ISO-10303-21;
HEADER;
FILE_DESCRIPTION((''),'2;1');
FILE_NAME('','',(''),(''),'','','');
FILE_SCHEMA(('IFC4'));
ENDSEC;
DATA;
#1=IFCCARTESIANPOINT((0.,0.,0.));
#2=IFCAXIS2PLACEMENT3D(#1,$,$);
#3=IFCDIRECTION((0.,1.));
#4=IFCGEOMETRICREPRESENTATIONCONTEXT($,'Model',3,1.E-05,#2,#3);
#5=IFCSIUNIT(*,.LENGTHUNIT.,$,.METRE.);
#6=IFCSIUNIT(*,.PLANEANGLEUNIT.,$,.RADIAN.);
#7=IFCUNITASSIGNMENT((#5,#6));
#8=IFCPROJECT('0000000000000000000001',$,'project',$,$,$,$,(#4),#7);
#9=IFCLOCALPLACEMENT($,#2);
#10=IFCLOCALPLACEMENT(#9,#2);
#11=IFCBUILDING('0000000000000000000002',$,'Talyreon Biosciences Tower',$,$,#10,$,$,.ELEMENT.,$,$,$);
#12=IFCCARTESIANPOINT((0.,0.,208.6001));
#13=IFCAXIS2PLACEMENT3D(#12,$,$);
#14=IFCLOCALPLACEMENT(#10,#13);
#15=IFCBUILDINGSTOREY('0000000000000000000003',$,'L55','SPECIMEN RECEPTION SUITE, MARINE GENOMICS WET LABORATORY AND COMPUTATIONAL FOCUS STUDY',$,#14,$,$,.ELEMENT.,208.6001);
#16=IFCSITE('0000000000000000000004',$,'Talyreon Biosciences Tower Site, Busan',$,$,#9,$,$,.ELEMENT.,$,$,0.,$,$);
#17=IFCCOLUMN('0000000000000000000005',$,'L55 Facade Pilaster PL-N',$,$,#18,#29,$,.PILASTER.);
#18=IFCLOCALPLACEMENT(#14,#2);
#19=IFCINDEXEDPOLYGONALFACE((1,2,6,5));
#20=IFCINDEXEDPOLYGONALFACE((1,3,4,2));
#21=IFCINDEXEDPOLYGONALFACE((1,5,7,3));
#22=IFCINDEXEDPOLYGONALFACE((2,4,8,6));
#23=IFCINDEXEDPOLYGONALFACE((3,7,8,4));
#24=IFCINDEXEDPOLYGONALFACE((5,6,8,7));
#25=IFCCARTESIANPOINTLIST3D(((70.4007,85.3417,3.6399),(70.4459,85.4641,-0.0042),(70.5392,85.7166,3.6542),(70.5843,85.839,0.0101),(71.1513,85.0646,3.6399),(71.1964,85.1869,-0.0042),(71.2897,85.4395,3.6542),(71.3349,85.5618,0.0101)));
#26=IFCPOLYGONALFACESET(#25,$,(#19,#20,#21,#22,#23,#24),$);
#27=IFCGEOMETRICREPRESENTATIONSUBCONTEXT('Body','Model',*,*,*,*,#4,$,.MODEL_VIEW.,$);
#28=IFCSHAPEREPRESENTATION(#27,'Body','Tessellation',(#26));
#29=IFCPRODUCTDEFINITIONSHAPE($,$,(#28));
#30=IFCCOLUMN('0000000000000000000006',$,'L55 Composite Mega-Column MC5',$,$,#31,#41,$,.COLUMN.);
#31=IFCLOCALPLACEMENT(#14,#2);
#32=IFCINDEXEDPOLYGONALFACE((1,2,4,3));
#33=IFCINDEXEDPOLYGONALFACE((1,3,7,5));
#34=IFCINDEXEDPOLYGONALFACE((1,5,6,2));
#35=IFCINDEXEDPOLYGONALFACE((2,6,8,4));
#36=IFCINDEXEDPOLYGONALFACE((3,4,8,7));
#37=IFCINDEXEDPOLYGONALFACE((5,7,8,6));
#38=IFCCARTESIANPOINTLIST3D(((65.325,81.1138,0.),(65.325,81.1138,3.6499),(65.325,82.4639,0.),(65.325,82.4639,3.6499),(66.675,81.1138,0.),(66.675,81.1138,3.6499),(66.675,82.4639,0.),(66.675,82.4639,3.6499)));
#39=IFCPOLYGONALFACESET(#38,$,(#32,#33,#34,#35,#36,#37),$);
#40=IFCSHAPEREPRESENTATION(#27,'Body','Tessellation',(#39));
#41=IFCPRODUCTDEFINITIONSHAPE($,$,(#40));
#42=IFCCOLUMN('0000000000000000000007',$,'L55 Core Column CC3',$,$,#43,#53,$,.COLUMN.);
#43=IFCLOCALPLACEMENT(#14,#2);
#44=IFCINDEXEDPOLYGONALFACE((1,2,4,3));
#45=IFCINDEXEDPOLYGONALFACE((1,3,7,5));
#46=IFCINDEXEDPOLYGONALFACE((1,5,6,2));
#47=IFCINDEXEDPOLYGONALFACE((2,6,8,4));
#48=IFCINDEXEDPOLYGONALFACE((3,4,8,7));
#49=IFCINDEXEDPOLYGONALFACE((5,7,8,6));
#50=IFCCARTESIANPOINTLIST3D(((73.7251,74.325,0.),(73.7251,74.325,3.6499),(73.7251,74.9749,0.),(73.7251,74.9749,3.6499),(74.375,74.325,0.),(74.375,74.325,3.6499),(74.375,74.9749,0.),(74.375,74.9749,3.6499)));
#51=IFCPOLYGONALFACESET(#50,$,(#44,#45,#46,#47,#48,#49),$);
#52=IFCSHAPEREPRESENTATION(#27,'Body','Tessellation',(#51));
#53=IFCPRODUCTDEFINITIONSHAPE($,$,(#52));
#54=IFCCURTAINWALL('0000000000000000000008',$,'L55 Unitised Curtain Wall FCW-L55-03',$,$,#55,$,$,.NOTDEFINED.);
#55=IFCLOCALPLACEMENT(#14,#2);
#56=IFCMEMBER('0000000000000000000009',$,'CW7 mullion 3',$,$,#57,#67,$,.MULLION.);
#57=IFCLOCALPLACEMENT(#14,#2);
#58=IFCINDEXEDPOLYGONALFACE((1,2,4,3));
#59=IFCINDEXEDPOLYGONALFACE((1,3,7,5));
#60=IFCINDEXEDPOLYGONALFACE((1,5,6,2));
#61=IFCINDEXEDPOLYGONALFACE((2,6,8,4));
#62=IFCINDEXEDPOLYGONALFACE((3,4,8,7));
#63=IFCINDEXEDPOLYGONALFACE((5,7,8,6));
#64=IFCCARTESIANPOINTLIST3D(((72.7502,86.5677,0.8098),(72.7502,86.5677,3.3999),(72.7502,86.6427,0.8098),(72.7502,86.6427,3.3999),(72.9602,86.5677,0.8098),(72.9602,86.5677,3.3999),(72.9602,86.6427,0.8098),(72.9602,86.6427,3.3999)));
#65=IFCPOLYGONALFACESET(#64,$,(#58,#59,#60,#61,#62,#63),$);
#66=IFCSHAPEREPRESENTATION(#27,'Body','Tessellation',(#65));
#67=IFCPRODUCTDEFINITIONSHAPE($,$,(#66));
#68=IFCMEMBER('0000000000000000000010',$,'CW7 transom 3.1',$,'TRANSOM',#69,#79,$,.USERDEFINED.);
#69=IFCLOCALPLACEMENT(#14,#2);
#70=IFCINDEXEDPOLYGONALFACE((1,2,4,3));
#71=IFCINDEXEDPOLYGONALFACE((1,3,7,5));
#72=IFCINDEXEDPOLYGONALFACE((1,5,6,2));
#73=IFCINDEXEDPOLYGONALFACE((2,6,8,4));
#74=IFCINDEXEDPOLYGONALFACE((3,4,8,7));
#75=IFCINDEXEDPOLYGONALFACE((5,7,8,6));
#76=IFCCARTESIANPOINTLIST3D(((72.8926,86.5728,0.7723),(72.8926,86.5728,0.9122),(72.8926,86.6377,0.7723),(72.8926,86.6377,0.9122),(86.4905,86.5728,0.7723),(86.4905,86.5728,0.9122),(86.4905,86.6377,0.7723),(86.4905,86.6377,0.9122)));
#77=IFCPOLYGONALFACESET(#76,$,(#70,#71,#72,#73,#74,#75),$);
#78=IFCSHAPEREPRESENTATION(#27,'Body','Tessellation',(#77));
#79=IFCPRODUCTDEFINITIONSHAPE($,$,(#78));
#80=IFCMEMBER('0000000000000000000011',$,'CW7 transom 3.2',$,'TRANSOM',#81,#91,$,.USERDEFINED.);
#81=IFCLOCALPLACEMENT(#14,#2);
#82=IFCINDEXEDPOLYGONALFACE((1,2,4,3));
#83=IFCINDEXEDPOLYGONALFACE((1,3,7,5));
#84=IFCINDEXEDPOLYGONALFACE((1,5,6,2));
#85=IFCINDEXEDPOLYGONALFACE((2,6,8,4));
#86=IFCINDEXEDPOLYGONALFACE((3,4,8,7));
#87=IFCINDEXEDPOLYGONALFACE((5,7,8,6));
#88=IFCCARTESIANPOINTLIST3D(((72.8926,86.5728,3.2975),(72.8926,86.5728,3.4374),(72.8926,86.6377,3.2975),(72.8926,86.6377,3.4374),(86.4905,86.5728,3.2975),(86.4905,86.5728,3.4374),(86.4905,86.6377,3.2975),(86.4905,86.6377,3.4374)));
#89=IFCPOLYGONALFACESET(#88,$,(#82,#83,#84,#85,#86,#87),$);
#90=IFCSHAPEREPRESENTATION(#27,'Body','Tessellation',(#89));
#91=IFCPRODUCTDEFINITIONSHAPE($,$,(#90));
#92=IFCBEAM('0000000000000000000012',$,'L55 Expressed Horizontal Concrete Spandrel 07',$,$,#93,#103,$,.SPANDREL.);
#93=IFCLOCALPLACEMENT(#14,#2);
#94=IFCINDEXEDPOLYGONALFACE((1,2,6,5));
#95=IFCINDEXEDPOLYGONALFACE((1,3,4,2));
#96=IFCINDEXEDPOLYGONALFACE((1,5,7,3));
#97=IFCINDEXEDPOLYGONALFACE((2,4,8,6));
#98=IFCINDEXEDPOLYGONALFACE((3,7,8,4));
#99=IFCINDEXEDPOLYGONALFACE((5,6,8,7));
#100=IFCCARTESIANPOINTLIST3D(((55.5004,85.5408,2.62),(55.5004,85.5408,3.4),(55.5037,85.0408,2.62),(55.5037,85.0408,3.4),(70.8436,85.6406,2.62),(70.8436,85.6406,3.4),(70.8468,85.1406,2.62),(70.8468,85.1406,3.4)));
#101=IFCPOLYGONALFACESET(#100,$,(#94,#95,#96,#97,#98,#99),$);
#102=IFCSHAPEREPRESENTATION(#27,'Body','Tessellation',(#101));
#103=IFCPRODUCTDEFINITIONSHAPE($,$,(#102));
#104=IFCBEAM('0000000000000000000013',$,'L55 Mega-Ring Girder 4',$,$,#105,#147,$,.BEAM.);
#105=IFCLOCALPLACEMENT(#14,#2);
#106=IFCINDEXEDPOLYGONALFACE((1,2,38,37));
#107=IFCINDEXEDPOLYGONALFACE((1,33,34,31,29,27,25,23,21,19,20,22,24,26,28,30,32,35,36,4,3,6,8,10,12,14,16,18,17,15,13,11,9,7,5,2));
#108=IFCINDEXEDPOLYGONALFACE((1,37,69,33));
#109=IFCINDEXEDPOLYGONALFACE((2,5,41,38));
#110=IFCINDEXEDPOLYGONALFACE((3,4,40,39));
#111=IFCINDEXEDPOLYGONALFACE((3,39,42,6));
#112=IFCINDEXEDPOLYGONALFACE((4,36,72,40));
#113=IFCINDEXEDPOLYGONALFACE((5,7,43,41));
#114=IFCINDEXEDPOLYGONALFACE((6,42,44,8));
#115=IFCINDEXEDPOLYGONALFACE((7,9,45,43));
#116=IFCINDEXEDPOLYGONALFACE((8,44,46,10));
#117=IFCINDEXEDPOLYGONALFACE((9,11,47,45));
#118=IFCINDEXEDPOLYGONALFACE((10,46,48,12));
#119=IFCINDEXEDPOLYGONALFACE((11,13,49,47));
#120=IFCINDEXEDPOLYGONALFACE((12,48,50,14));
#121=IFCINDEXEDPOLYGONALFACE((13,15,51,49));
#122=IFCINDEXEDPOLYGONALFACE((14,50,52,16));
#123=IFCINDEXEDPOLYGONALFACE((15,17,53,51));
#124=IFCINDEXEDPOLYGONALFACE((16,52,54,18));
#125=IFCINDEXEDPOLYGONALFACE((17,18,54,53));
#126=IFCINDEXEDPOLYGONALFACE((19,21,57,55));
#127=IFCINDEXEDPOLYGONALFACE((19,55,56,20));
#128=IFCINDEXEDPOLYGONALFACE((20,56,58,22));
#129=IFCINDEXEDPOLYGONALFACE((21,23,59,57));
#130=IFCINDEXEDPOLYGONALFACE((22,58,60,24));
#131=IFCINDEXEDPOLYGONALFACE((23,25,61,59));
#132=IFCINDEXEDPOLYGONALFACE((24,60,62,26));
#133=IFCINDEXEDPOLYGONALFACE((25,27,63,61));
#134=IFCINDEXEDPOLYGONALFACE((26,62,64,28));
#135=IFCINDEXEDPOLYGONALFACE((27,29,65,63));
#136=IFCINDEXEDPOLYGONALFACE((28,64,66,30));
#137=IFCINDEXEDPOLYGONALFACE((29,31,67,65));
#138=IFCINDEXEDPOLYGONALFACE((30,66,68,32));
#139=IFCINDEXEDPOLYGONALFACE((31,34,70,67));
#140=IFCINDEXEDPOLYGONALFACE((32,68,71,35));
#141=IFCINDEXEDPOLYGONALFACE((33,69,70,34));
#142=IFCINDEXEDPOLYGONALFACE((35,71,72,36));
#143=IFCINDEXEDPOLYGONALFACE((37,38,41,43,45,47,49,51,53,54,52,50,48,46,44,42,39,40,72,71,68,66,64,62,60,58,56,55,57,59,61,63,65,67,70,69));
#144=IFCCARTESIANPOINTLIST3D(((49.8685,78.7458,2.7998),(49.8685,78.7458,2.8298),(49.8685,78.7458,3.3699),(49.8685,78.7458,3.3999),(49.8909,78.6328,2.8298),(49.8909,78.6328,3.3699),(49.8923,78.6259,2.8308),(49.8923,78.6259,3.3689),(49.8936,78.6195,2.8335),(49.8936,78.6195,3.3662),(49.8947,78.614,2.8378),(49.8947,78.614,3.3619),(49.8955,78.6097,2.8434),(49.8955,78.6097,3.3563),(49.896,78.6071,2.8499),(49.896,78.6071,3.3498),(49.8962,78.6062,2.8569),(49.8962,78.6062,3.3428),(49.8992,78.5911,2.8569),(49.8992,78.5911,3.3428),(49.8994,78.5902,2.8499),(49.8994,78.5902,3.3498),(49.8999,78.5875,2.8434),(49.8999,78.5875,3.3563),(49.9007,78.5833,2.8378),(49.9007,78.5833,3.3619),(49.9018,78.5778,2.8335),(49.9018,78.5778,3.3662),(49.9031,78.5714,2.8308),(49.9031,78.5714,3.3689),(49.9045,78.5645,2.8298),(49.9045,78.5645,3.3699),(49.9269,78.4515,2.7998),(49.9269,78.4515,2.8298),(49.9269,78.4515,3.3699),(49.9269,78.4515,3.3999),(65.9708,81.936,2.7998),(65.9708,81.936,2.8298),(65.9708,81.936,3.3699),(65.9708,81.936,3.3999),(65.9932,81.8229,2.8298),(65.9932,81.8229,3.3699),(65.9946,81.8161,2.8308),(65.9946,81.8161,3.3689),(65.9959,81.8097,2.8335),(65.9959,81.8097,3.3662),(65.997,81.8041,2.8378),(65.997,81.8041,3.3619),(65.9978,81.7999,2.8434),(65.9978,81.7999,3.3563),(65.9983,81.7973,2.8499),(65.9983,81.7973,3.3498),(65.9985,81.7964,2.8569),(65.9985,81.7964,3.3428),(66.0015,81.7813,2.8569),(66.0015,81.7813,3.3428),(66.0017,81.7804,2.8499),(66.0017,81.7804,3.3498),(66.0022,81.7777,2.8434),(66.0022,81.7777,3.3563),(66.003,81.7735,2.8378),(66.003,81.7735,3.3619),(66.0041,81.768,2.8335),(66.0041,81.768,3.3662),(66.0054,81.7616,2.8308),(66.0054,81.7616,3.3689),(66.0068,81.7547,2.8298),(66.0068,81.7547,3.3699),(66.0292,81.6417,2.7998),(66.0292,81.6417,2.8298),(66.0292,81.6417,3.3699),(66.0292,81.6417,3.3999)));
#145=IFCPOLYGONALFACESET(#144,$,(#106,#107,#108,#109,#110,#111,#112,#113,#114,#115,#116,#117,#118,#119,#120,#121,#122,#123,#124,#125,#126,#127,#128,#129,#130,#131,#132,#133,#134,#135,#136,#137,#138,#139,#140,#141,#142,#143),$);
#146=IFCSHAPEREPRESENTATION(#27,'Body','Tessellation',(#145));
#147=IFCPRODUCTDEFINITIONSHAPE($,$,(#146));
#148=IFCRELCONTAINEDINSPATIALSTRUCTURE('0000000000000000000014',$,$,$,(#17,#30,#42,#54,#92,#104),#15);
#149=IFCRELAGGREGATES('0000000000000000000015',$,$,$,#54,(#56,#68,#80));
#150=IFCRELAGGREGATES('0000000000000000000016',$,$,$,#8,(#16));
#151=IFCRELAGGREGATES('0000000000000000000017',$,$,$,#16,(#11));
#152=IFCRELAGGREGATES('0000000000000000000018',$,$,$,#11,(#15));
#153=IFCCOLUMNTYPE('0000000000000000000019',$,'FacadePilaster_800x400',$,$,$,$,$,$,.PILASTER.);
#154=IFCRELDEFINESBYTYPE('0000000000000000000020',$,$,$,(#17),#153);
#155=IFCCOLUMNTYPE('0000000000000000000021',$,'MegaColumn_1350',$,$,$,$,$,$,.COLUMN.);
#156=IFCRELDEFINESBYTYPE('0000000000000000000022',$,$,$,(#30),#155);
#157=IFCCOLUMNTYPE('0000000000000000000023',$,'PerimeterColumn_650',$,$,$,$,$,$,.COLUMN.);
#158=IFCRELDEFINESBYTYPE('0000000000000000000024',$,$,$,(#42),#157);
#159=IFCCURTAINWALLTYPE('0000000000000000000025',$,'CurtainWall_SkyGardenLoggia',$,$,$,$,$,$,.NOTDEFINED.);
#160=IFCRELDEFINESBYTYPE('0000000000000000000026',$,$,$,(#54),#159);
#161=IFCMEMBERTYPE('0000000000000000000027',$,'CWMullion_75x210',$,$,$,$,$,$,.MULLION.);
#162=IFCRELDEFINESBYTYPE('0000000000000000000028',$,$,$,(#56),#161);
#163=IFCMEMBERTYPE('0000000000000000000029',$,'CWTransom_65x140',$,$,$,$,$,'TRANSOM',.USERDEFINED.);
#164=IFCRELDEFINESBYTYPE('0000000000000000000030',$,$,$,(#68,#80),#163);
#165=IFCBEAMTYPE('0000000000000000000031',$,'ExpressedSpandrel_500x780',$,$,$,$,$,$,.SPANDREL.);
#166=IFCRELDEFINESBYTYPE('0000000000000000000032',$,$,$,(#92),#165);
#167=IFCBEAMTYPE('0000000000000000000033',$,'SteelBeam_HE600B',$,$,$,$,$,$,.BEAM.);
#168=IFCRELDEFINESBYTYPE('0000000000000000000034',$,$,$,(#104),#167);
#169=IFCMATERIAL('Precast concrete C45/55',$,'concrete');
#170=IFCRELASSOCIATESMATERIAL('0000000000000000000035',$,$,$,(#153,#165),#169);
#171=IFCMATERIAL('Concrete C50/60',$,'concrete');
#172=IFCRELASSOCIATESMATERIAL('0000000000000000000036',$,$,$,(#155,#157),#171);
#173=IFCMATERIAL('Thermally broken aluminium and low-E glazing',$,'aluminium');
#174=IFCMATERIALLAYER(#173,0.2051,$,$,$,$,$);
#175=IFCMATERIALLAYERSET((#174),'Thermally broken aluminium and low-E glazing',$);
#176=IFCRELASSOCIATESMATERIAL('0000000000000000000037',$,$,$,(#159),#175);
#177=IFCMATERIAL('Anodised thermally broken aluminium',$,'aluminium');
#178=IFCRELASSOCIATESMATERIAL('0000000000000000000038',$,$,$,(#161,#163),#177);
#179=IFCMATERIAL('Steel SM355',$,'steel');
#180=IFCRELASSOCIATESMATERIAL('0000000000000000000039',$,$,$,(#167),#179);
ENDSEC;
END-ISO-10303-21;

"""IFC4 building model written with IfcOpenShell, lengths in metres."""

from ifc_helpers import new_model, si_unit, direction, frame, origin, origin_2d, place, context, subcontext, project, spatial, rectangle, i_section, extrude, material, layer, layer_set, material_profile, profile_set, type_object, element, aggregate, save


model = new_model("IFC4")

# Units and contexts
model_context = context("Model", 3, precision=1e-05, world=origin(), true_north=direction((0.0, 1.0)))
body_context = subcontext(model_context, "Body", "Model", "MODEL_VIEW")
ifc_project = project(units=[si_unit("LENGTHUNIT", "METRE"), si_unit("PLANEANGLEUNIT", "RADIAN")], contexts=[model_context])

# Site, building, storey
site_placement = place(None, origin())
site = spatial("IfcSite", under=ifc_project, at=site_placement, Name="Talyreon Biosciences Tower Site, Busan", CompositionType="ELEMENT", RefElevation=0.0)
building_placement = place(site_placement, origin())
building = spatial("IfcBuilding", under=site, at=building_placement, Name="Talyreon Biosciences Tower", CompositionType="ELEMENT")
storey_placement = place(building_placement, frame((0.0, 0.0, 208.6001)))
storey = spatial("IfcBuildingStorey", under=building, at=storey_placement, Name="L55", Description="SPECIMEN RECEPTION SUITE, MARINE GENOMICS WET LABORATORY AND COMPUTATIONAL FOCUS STUDY", CompositionType="ELEMENT", Elevation=208.6001)

# Columns
ifc_material_1 = material(Name="Precast concrete C45/55", Category="concrete")
ifc_material_profile_1 = material_profile(ifc_material_1, rectangle(XDim=0.8, YDim=0.3999, at=origin_2d()), Name="RC 800x400")
ifc_profile_set_1 = profile_set([ifc_material_profile_1], Name="Precast concrete C45/55")
column_type_1 = type_object("IfcColumnType", Name="FacadePilaster_800x400", PredefinedType="PILASTER", material=ifc_profile_set_1)
column_1_placement = place(storey_placement, frame((70.8904, 85.5129, 0.0029), z_axis=(-0.012387, -0.033544, 0.99936), x_axis=(-0.938087, 0.346399, 0.0)))
element("IfcColumn", 1, at=column_1_placement, inside=storey, type_object=column_type_1, Name="L55 Facade Pilaster PL-N", PredefinedType="PILASTER", context=body_context, shape_type="SweptSolid", body=[
    extrude(rectangle(XDim=0.8, YDim=0.3999, at=origin_2d()), origin(), (0.0, 0.0, 1.0), 3.6465),
])
ifc_material_2 = material(Name="Concrete C50/60", Category="concrete")
ifc_material_profile_2 = material_profile(ifc_material_2, rectangle(XDim=1.3501, YDim=1.3501, at=origin_2d()), Name="RC 1350x1350")
ifc_profile_set_2 = profile_set([ifc_material_profile_2], Name="Concrete C50/60")
column_type_2 = type_object("IfcColumnType", Name="MegaColumn_1350", PredefinedType="COLUMN", material=ifc_profile_set_2)
column_2_placement = place(storey_placement, frame((66.0, 81.7888, 0.0), z_axis=(0.0, 0.0, 1.0), x_axis=(1.0, 0.0, 0.0)))
element("IfcColumn", 2, at=column_2_placement, inside=storey, type_object=column_type_2, Name="L55 Composite Mega-Column MC5", PredefinedType="COLUMN", context=body_context, shape_type="SweptSolid", body=[
    extrude(rectangle(XDim=1.3501, YDim=1.3501, at=origin_2d()), origin(), (0.0, 0.0, 1.0), 3.6499),
])
ifc_material_profile_3 = material_profile(ifc_material_2, rectangle(XDim=0.6499, YDim=0.6499, at=origin_2d()), Name="RC 650x650")
ifc_profile_set_3 = profile_set([ifc_material_profile_3], Name="Concrete C50/60")
column_type_3 = type_object("IfcColumnType", Name="PerimeterColumn_650", PredefinedType="COLUMN", material=ifc_profile_set_3)
column_3_placement = place(storey_placement, frame((74.05, 74.6499, 0.0), z_axis=(0.0, 0.0, 1.0), x_axis=(1.0, 0.0, 0.0)))
element("IfcColumn", 3, at=column_3_placement, inside=storey, type_object=column_type_3, Name="L55 Core Column CC3", PredefinedType="COLUMN", context=body_context, shape_type="SweptSolid", body=[
    extrude(rectangle(XDim=0.6499, YDim=0.6499, at=origin_2d()), origin(), (0.0, 0.0, 1.0), 3.6499),
])

# Curtain wall, members
ifc_material_3 = material(Name="Thermally broken aluminium and low-E glazing", Category="aluminium")
ifc_layer_1 = layer(ifc_material_3, 0.2051)
ifc_layer_set_1 = layer_set([ifc_layer_1], Name="Thermally broken aluminium and low-E glazing")
curtain_wall_type = type_object("IfcCurtainWallType", Name="CurtainWall_SkyGardenLoggia", PredefinedType="NOTDEFINED", material=ifc_layer_set_1)
curtain_wall_placement = place(storey_placement, origin())
curtain_wall = element("IfcCurtainWall", 4, at=curtain_wall_placement, inside=storey, type_object=curtain_wall_type, Name="L55 Unitised Curtain Wall FCW-L55-03", PredefinedType="NOTDEFINED")
ifc_material_4 = material(Name="Anodised thermally broken aluminium", Category="aluminium")
ifc_material_profile_4 = material_profile(ifc_material_4, rectangle(XDim=0.075, YDim=0.21, at=origin_2d()), Name="ALUM MULLION 75x210")
ifc_profile_set_4 = profile_set([ifc_material_profile_4], Name="Anodised thermally broken aluminium")
member_type_1 = type_object("IfcMemberType", Name="CWMullion_75x210", PredefinedType="MULLION", material=ifc_profile_set_4)
member_1_placement = place(storey_placement, frame((72.8552, 86.6052, 0.8098), z_axis=(0.0, 0.0, 1.0), x_axis=(0.0, 1.0, 0.0)))
member_1 = element("IfcMember", 5, at=member_1_placement, type_object=member_type_1, Name="CW7 mullion 3", PredefinedType="MULLION", context=body_context, shape_type="SweptSolid", body=[
    extrude(rectangle(XDim=0.075, YDim=0.21, at=origin_2d()), origin(), (0.0, 0.0, 1.0), 2.5901),
])
ifc_material_profile_5 = material_profile(ifc_material_4, rectangle(XDim=0.0649, YDim=0.1399, at=origin_2d()), Name="ALUM TRANSOM 65x140")
ifc_profile_set_5 = profile_set([ifc_material_profile_5], Name="Anodised thermally broken aluminium")
member_type_2 = type_object("IfcMemberType", Name="CWTransom_65x140", ElementType="TRANSOM", PredefinedType="USERDEFINED", material=ifc_profile_set_5)
member_2_placement = place(storey_placement, frame((72.8926, 86.6052, 0.8423), z_axis=(1.0, 0.0, 0.0), x_axis=(0.0, 1.0, 0.0)))
member_2 = element("IfcMember", 6, at=member_2_placement, type_object=member_type_2, Name="CW7 transom 3.1", ObjectType="TRANSOM", PredefinedType="USERDEFINED", context=body_context, shape_type="SweptSolid", body=[
    extrude(rectangle(XDim=0.0649, YDim=0.1399, at=origin_2d()), origin(), (0.0, 0.0, 1.0), 13.5979),
])
member_3_placement = place(storey_placement, frame((72.8926, 86.6052, 3.3674), z_axis=(1.0, 0.0, 0.0), x_axis=(0.0, 1.0, 0.0)))
member_3 = element("IfcMember", 7, at=member_3_placement, type_object=member_type_2, Name="CW7 transom 3.2", ObjectType="TRANSOM", PredefinedType="USERDEFINED", context=body_context, shape_type="SweptSolid", body=[
    extrude(rectangle(XDim=0.0649, YDim=0.1399, at=origin_2d()), origin(), (0.0, 0.0, 1.0), 13.5979),
])

# Beams
ifc_material_profile_6 = material_profile(ifc_material_1, rectangle(XDim=0.5, YDim=0.78, at=origin_2d()), Name="RCB 500x780")
ifc_profile_set_6 = profile_set([ifc_material_profile_6], Name="Precast concrete C45/55")
beam_type_1 = type_object("IfcBeamType", Name="ExpressedSpandrel_500x780", PredefinedType="SPANDREL", material=ifc_profile_set_6)
beam_1_placement = place(storey_placement, frame((70.8452, 85.3906, 3.01), z_axis=(-0.999979, -0.006508, 0.0), x_axis=(0.006508, -0.999979, 0.0)))
element("IfcBeam", 8, at=beam_1_placement, inside=storey, type_object=beam_type_1, Name="L55 Expressed Horizontal Concrete Spandrel 07", PredefinedType="SPANDREL", context=body_context, shape_type="SweptSolid", body=[
    extrude(rectangle(XDim=0.5, YDim=0.78, at=origin_2d()), origin(), (0.0, 0.0, 1.0), 15.3435),
])
ifc_material_5 = material(Name="Steel SM355", Category="steel")
ifc_material_profile_7 = material_profile(ifc_material_5, i_section(OverallWidth=0.3, OverallDepth=0.6001, WebThickness=0.0154, FlangeThickness=0.03, FilletRadius=0.0271, at=origin_2d()), Name="HE600B")
ifc_profile_set_7 = profile_set([ifc_material_profile_7], Name="Steel SM355")
beam_type_2 = type_object("IfcBeamType", Name="SteelBeam_HE600B", PredefinedType="BEAM", material=ifc_profile_set_7)
beam_2_placement = place(storey_placement, frame((66.0, 81.7888, 3.0999), z_axis=(-0.980934, -0.194343, 0.0), x_axis=(0.194343, -0.980934, 0.0)))
element("IfcBeam", 9, at=beam_2_placement, inside=storey, type_object=beam_type_2, Name="L55 Mega-Ring Girder 4", PredefinedType="BEAM", context=body_context, shape_type="SweptSolid", body=[
    extrude(i_section(OverallWidth=0.3, OverallDepth=0.6001, WebThickness=0.0154, FlangeThickness=0.03, FilletRadius=0.0271, at=origin_2d()), origin(), (0.0, 0.0, 1.0), 16.4153),
])

aggregate(curtain_wall, [member_1, member_2, member_3])

save(model, "model.ifc")
